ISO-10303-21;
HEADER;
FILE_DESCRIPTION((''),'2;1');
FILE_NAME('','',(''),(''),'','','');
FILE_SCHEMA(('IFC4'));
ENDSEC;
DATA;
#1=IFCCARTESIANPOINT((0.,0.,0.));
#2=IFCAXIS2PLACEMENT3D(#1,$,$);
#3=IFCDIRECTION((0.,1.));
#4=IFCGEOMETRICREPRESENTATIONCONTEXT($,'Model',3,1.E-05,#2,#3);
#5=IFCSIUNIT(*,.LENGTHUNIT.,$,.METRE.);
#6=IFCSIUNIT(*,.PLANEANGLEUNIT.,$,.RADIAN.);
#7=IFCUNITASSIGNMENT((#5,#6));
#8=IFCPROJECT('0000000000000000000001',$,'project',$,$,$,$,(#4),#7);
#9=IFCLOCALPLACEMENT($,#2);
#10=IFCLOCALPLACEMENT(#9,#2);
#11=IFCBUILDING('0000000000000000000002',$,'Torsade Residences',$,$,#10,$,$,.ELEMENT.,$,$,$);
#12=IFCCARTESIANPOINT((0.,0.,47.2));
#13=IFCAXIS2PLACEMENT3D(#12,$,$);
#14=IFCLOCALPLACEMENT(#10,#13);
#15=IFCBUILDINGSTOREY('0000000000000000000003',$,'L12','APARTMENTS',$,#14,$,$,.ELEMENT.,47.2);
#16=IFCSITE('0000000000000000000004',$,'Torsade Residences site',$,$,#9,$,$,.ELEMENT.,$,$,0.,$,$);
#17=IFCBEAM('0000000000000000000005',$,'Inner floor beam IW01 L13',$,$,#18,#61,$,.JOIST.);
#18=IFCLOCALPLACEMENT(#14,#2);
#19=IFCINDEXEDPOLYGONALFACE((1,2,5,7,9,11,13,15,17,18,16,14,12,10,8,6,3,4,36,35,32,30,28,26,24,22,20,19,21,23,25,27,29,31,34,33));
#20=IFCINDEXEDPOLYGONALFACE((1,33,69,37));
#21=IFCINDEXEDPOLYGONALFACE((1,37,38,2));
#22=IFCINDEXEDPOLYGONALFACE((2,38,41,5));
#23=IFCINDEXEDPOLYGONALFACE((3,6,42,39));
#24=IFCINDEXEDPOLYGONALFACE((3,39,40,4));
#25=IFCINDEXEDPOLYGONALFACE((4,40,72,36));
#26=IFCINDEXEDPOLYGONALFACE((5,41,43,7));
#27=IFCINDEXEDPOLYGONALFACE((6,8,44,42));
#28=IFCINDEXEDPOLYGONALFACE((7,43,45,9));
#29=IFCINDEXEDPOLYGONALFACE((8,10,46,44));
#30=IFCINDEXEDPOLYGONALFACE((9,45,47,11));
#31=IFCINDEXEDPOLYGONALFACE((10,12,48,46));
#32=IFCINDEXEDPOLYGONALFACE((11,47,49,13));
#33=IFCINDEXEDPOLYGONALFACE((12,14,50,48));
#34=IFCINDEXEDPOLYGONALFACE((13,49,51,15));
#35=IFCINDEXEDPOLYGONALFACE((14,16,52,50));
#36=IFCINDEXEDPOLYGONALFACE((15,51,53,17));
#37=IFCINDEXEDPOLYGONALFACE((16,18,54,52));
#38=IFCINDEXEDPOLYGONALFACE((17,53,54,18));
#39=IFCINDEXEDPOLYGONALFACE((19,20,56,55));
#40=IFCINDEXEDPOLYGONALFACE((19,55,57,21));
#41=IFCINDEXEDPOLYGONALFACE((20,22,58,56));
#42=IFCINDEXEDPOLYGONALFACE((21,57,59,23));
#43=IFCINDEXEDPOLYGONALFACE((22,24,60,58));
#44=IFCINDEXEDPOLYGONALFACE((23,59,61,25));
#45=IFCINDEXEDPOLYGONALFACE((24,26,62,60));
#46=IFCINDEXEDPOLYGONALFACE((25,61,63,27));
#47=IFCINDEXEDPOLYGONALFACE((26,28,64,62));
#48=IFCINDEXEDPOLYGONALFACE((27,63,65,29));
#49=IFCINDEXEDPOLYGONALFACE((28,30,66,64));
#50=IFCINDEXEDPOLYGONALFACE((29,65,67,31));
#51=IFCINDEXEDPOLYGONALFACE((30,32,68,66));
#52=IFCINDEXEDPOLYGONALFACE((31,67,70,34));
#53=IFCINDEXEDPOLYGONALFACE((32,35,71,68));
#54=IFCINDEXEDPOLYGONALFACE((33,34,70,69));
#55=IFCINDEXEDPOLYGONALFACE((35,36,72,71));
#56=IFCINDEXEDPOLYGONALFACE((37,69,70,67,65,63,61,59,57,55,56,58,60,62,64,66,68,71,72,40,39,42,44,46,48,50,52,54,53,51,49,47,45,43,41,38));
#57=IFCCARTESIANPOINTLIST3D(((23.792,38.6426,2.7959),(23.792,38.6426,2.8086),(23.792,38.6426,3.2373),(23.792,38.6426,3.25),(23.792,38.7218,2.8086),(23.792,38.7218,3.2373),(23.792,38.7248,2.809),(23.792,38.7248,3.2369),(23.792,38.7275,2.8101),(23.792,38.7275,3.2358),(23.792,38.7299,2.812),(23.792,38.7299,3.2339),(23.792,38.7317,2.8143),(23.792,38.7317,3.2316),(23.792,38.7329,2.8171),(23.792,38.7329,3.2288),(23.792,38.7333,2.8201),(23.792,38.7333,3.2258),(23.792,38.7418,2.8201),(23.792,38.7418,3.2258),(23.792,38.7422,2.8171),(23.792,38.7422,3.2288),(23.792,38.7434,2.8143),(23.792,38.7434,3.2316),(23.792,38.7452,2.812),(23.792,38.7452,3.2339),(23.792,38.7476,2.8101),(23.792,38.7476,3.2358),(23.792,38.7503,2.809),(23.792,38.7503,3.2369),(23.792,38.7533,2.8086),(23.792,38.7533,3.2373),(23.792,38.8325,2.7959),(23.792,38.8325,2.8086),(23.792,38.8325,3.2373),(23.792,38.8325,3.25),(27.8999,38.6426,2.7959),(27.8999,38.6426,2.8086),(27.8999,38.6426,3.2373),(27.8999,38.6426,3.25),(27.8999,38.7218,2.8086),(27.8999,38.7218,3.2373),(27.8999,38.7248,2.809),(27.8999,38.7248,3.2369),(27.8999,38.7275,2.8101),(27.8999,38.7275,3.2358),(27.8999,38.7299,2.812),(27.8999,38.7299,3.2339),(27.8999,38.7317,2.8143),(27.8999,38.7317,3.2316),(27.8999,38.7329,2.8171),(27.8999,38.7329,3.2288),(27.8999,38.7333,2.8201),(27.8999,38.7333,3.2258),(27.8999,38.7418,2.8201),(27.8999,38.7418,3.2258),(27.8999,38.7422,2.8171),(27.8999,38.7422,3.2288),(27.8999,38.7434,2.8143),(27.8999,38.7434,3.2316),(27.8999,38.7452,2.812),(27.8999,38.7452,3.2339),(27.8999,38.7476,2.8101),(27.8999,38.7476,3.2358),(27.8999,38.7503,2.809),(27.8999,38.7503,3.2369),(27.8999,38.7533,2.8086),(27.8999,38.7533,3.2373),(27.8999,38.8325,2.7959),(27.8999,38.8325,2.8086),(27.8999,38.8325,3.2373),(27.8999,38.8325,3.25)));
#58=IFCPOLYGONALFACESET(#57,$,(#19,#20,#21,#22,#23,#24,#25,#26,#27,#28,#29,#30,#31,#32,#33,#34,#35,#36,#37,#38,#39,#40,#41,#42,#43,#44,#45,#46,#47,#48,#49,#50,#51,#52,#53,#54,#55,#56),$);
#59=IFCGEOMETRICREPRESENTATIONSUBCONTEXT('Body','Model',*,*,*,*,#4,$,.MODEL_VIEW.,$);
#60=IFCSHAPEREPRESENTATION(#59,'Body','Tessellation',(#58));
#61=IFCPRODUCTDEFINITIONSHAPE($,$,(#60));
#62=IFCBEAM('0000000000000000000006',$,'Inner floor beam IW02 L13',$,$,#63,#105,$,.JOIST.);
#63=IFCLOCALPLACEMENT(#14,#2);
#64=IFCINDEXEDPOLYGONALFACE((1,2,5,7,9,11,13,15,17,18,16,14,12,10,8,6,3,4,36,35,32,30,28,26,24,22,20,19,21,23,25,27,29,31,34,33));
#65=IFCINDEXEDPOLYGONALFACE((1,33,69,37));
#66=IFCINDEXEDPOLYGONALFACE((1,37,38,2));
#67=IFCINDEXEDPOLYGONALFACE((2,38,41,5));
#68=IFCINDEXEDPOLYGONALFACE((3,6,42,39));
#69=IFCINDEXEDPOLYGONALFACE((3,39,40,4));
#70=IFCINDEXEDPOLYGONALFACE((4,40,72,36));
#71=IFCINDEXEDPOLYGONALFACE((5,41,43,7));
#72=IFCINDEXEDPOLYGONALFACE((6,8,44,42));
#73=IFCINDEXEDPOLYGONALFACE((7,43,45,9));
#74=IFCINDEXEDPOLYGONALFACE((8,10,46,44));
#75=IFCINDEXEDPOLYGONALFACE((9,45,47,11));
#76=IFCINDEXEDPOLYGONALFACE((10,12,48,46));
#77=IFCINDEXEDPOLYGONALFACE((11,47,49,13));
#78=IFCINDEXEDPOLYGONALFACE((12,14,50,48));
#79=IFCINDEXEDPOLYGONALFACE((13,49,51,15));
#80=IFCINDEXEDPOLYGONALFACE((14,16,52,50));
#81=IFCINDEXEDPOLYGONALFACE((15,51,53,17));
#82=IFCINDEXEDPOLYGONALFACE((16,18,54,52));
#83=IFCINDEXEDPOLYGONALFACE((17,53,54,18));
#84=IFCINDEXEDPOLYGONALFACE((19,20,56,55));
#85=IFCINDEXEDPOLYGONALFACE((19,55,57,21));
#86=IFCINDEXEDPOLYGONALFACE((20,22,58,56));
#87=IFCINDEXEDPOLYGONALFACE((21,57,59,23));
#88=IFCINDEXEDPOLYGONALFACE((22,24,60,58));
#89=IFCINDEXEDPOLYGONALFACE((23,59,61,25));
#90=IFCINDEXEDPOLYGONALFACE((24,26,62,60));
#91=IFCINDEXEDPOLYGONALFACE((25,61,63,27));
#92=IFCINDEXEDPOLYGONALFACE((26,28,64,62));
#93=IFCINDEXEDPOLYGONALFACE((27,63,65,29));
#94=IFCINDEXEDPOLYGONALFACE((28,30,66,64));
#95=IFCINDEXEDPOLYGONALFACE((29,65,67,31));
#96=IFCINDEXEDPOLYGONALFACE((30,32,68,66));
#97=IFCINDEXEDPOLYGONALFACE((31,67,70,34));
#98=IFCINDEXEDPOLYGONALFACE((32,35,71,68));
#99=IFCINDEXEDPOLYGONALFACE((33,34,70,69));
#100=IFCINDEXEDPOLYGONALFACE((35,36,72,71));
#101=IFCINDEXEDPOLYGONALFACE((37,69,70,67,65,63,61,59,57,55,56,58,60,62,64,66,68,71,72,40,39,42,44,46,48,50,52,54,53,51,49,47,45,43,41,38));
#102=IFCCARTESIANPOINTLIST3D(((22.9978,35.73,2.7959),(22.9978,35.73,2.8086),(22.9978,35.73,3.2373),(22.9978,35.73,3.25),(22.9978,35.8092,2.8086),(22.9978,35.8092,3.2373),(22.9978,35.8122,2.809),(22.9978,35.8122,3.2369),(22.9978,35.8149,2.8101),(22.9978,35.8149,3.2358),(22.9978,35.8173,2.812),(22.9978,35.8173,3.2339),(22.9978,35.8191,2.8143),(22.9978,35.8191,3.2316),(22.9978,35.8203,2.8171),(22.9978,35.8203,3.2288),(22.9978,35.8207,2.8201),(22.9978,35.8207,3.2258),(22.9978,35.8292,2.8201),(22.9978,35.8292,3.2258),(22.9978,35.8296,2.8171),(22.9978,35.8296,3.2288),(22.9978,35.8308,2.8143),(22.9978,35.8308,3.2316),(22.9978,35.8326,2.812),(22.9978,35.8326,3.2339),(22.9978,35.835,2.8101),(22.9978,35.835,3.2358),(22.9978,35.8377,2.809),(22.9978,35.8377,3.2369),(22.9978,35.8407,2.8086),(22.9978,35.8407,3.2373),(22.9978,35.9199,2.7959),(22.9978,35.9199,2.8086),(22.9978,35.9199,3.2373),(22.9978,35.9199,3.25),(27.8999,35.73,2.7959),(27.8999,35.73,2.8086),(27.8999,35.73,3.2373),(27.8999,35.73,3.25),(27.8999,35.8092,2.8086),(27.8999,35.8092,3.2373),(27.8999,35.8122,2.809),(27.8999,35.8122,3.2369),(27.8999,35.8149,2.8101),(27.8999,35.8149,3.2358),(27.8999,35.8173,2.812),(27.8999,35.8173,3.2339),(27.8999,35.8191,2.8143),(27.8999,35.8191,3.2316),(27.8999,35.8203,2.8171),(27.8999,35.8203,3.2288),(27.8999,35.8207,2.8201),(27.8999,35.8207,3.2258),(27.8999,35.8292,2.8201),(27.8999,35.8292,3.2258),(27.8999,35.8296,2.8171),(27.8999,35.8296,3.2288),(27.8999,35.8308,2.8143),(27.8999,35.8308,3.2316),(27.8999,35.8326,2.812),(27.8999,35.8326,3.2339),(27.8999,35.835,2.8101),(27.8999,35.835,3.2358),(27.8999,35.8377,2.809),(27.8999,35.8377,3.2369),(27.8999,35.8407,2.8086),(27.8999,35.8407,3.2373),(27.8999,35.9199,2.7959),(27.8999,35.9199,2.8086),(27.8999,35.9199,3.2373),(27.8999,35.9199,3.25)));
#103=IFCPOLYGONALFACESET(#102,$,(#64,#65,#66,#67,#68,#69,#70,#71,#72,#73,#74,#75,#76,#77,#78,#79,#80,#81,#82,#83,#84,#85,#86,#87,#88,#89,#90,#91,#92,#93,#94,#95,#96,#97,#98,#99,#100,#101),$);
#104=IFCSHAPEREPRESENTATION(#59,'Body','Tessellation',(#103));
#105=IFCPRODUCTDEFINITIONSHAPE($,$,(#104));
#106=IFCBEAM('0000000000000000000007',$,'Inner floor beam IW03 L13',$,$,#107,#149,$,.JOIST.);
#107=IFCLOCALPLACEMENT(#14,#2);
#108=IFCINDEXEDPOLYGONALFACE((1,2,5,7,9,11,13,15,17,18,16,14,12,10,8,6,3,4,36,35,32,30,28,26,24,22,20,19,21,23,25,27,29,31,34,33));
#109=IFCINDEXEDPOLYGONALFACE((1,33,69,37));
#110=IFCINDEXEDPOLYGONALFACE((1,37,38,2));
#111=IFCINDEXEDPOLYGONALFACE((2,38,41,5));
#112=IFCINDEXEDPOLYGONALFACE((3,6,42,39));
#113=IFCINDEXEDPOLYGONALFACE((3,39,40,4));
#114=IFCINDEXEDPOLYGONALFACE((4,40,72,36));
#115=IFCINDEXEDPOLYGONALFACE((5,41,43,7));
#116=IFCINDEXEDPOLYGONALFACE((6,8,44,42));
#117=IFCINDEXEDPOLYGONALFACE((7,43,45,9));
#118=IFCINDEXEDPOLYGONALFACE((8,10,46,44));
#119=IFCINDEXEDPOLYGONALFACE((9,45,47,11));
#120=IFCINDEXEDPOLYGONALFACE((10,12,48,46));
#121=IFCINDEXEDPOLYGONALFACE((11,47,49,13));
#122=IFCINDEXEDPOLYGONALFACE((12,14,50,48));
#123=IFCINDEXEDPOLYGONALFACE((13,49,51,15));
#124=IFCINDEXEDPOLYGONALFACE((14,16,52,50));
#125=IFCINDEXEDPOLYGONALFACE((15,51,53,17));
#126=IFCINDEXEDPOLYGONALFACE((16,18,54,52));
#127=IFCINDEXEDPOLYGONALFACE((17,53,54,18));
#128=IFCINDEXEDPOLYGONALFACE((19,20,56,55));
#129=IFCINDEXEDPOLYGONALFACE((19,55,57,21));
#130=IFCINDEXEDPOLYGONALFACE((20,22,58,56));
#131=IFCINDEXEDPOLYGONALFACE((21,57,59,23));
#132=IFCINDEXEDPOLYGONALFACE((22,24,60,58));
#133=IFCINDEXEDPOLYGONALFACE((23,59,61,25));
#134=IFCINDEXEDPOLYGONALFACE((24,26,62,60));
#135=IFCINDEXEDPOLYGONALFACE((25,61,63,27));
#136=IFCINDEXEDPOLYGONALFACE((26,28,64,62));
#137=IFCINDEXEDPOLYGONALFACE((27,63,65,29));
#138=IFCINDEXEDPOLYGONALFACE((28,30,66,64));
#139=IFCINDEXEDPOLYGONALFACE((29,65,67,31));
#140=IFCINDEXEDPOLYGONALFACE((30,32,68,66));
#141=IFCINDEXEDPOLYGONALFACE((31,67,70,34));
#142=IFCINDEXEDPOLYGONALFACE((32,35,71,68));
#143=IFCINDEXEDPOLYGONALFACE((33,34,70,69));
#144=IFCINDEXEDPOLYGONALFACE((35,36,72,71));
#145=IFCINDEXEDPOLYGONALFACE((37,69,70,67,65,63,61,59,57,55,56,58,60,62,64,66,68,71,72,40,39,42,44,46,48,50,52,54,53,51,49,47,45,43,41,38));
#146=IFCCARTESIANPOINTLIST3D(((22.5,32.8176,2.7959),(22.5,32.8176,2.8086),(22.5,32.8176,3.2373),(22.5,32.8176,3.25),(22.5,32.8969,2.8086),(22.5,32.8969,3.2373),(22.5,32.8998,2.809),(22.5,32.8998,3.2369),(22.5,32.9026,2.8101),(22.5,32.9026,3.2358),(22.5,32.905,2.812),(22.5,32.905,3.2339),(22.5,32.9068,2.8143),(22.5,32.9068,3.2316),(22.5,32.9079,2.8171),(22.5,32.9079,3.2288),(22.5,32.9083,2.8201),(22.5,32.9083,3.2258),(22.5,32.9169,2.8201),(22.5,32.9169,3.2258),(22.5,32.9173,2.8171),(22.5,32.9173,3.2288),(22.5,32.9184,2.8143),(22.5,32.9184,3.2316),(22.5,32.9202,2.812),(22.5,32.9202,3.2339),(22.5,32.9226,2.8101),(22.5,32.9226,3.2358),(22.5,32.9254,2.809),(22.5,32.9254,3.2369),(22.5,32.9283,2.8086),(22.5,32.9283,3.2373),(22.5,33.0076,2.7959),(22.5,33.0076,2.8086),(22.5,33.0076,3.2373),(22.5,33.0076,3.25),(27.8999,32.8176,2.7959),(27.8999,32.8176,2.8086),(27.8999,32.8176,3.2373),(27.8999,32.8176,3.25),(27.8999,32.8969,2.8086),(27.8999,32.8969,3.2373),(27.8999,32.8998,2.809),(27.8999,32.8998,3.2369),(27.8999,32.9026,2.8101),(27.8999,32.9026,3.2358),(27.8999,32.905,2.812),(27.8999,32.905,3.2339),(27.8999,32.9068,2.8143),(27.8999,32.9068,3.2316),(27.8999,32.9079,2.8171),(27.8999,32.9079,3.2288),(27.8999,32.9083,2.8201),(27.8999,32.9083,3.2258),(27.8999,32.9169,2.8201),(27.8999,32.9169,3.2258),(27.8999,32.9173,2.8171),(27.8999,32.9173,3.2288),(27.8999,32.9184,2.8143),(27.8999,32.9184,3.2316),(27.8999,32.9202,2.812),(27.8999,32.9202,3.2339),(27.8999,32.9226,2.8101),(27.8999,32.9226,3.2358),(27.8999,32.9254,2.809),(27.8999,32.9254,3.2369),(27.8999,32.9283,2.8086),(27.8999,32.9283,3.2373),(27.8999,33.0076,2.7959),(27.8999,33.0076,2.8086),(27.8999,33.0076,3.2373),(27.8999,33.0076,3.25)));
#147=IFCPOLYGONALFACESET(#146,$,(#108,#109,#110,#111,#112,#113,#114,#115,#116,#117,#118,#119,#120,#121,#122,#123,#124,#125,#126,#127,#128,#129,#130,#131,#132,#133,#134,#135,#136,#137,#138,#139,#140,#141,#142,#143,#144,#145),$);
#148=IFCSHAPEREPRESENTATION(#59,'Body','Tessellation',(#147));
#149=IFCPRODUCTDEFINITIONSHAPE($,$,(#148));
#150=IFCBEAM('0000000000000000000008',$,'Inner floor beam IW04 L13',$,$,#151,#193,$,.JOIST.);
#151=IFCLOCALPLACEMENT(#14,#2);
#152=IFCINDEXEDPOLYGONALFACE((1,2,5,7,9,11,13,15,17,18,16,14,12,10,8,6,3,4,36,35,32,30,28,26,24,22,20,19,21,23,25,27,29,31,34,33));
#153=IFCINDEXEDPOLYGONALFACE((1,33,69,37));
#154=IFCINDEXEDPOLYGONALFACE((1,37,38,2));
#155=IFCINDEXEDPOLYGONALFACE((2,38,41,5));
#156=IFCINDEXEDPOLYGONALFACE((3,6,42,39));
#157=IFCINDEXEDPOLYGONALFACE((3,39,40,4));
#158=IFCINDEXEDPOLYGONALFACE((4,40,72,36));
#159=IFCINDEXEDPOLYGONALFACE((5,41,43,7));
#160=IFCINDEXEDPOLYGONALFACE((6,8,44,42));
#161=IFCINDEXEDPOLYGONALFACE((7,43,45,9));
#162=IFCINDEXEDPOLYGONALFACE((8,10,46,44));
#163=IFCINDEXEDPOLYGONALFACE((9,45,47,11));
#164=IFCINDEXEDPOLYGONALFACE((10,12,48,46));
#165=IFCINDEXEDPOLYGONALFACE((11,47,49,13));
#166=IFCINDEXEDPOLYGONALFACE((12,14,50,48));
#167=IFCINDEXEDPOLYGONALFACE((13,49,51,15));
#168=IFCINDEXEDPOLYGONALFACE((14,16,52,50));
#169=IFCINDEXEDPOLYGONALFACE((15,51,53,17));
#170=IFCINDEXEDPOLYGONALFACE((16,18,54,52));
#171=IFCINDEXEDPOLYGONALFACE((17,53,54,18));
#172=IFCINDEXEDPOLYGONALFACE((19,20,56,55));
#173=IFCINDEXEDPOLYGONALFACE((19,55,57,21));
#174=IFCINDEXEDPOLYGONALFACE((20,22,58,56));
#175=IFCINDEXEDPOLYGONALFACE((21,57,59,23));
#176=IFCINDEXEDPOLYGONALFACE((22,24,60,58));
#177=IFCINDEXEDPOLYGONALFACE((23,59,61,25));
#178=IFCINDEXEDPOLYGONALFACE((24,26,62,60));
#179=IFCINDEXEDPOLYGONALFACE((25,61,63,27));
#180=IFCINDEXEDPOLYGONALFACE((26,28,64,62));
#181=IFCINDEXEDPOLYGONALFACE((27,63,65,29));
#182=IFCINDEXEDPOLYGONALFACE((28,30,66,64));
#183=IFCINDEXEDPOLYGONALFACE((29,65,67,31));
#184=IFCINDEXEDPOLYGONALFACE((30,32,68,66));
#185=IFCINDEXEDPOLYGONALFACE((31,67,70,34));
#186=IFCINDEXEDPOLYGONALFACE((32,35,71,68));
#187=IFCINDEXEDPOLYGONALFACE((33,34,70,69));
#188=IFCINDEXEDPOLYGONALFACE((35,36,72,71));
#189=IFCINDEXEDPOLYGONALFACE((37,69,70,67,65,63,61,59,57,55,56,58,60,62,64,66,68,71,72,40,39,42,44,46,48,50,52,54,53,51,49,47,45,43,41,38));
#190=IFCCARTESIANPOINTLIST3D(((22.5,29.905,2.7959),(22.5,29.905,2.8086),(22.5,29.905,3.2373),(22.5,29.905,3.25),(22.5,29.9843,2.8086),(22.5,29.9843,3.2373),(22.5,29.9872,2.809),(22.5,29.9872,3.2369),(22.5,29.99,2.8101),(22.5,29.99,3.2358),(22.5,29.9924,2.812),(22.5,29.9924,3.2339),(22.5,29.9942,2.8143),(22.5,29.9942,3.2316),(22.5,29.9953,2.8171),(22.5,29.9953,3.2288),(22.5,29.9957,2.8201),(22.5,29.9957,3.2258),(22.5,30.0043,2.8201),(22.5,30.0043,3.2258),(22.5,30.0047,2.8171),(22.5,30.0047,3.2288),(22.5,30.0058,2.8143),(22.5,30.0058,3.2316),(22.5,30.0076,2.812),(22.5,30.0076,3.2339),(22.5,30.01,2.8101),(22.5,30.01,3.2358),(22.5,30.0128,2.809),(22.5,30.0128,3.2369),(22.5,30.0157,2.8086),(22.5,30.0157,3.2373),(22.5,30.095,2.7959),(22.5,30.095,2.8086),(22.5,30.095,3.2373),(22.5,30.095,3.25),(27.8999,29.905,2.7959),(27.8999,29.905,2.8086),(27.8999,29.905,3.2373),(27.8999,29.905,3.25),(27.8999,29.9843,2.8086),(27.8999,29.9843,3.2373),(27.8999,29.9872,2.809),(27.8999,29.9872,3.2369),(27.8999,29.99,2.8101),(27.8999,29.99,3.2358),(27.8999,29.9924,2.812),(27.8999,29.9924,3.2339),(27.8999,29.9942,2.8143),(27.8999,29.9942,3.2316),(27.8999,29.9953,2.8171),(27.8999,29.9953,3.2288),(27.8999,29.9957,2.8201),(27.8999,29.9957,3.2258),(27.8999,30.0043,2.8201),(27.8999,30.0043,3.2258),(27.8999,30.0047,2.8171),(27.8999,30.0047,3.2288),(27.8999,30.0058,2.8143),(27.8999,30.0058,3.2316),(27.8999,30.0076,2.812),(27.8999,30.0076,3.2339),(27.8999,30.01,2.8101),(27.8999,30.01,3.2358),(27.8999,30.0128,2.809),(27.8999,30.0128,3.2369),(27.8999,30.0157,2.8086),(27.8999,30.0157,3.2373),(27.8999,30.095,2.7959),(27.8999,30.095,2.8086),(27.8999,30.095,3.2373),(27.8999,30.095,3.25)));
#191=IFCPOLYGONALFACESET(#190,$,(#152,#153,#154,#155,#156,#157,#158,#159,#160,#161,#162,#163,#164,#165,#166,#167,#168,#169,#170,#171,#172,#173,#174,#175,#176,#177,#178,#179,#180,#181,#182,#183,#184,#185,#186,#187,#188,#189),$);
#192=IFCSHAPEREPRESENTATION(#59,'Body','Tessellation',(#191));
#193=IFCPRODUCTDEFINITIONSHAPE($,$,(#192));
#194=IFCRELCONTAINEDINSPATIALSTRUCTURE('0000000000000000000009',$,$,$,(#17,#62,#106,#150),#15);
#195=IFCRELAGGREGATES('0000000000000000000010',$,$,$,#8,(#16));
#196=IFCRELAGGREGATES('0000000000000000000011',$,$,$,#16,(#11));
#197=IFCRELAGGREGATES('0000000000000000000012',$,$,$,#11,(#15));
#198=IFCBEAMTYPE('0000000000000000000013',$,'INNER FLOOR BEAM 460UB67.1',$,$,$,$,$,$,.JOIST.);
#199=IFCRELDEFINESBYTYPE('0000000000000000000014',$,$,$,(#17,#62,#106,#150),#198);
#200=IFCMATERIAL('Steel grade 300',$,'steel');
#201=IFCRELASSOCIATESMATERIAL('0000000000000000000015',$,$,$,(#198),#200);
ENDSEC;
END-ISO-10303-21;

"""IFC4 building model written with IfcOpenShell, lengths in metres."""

from ifc_helpers import new_model, si_unit, direction, frame, origin, origin_2d, place, context, subcontext, project, spatial, i_section, extrude, material, material_profile, profile_set, type_object, element, save


model = new_model("IFC4")

# Units and contexts
model_context = context("Model", 3, precision=1e-05, world=origin(), true_north=direction((0.0, 1.0)))
body_context = subcontext(model_context, "Body", "Model", "MODEL_VIEW")
ifc_project = project(units=[si_unit("LENGTHUNIT", "METRE"), si_unit("PLANEANGLEUNIT", "RADIAN")], contexts=[model_context])

# Site, building, storey
site_placement = place(None, origin())
site = spatial("IfcSite", under=ifc_project, at=site_placement, Name="Torsade Residences site", CompositionType="ELEMENT", RefElevation=0.0)
building_placement = place(site_placement, origin())
building = spatial("IfcBuilding", under=site, at=building_placement, Name="Torsade Residences", CompositionType="ELEMENT")
storey_placement = place(building_placement, frame((0.0, 0.0, 47.2)))
storey = spatial("IfcBuildingStorey", under=building, at=storey_placement, Name="L12", Description="APARTMENTS", CompositionType="ELEMENT", Elevation=47.2)

# Beams
ifc_material_1 = material(Name="Steel grade 300", Category="steel")
ifc_material_profile = material_profile(ifc_material_1, i_section(OverallWidth=0.1899, OverallDepth=0.4541, WebThickness=0.0085, FlangeThickness=0.0127, FilletRadius=0.0115, at=origin_2d()), Name="460UB67.1")
ifc_profile_set = profile_set([ifc_material_profile], Name="Steel grade 300")
beam_type = type_object("IfcBeamType", Name="INNER FLOOR BEAM 460UB67.1", PredefinedType="JOIST", material=ifc_profile_set)
beam_1_placement = place(storey_placement, frame((27.8999, 38.7375, 3.0229), z_axis=(-1.0, 0.0, 0.0), x_axis=(0.0, -1.0, 0.0)))
element("IfcBeam", 1, at=beam_1_placement, inside=storey, type_object=beam_type, Name="Inner floor beam IW01 L13", PredefinedType="JOIST", context=body_context, shape_type="SweptSolid", body=[
    extrude(i_section(OverallWidth=0.1899, OverallDepth=0.4541, WebThickness=0.0085, FlangeThickness=0.0127, FilletRadius=0.0115, at=origin_2d()), origin(), (0.0, 0.0, 1.0), 4.1079),
])
beam_2_placement = place(storey_placement, frame((27.8999, 35.825, 3.0229), z_axis=(-1.0, 0.0, 0.0), x_axis=(0.0, -1.0, 0.0)))
element("IfcBeam", 2, at=beam_2_placement, inside=storey, type_object=beam_type, Name="Inner floor beam IW02 L13", PredefinedType="JOIST", context=body_context, shape_type="SweptSolid", body=[
    extrude(i_section(OverallWidth=0.1899, OverallDepth=0.4541, WebThickness=0.0085, FlangeThickness=0.0127, FilletRadius=0.0115, at=origin_2d()), origin(), (0.0, 0.0, 1.0), 4.9021),
])
for number, where, z_axis, x_axis, name in (
    (3, (27.8999, 32.9126, 3.0229), (-1.0, 0.0, 0.0), (0.0, -1.0, 0.0), "Inner floor beam IW03 L13"),
    (4, (27.8999, 30.0, 3.0229), (-1.0, 0.0, 0.0), (0.0, -1.0, 0.0), "Inner floor beam IW04 L13"),
):
    element("IfcBeam", number, at=place(storey_placement, frame(where, z_axis=z_axis, x_axis=x_axis)), inside=storey, type_object=beam_type, Name=name, PredefinedType="JOIST", context=body_context, shape_type="SweptSolid", body=[
        extrude(i_section(OverallWidth=0.1899, OverallDepth=0.4541, WebThickness=0.0085, FlangeThickness=0.0127, FilletRadius=0.0115, at=origin_2d()), origin(), (0.0, 0.0, 1.0), 5.3999),
    ])

save(model, "model.ifc")
